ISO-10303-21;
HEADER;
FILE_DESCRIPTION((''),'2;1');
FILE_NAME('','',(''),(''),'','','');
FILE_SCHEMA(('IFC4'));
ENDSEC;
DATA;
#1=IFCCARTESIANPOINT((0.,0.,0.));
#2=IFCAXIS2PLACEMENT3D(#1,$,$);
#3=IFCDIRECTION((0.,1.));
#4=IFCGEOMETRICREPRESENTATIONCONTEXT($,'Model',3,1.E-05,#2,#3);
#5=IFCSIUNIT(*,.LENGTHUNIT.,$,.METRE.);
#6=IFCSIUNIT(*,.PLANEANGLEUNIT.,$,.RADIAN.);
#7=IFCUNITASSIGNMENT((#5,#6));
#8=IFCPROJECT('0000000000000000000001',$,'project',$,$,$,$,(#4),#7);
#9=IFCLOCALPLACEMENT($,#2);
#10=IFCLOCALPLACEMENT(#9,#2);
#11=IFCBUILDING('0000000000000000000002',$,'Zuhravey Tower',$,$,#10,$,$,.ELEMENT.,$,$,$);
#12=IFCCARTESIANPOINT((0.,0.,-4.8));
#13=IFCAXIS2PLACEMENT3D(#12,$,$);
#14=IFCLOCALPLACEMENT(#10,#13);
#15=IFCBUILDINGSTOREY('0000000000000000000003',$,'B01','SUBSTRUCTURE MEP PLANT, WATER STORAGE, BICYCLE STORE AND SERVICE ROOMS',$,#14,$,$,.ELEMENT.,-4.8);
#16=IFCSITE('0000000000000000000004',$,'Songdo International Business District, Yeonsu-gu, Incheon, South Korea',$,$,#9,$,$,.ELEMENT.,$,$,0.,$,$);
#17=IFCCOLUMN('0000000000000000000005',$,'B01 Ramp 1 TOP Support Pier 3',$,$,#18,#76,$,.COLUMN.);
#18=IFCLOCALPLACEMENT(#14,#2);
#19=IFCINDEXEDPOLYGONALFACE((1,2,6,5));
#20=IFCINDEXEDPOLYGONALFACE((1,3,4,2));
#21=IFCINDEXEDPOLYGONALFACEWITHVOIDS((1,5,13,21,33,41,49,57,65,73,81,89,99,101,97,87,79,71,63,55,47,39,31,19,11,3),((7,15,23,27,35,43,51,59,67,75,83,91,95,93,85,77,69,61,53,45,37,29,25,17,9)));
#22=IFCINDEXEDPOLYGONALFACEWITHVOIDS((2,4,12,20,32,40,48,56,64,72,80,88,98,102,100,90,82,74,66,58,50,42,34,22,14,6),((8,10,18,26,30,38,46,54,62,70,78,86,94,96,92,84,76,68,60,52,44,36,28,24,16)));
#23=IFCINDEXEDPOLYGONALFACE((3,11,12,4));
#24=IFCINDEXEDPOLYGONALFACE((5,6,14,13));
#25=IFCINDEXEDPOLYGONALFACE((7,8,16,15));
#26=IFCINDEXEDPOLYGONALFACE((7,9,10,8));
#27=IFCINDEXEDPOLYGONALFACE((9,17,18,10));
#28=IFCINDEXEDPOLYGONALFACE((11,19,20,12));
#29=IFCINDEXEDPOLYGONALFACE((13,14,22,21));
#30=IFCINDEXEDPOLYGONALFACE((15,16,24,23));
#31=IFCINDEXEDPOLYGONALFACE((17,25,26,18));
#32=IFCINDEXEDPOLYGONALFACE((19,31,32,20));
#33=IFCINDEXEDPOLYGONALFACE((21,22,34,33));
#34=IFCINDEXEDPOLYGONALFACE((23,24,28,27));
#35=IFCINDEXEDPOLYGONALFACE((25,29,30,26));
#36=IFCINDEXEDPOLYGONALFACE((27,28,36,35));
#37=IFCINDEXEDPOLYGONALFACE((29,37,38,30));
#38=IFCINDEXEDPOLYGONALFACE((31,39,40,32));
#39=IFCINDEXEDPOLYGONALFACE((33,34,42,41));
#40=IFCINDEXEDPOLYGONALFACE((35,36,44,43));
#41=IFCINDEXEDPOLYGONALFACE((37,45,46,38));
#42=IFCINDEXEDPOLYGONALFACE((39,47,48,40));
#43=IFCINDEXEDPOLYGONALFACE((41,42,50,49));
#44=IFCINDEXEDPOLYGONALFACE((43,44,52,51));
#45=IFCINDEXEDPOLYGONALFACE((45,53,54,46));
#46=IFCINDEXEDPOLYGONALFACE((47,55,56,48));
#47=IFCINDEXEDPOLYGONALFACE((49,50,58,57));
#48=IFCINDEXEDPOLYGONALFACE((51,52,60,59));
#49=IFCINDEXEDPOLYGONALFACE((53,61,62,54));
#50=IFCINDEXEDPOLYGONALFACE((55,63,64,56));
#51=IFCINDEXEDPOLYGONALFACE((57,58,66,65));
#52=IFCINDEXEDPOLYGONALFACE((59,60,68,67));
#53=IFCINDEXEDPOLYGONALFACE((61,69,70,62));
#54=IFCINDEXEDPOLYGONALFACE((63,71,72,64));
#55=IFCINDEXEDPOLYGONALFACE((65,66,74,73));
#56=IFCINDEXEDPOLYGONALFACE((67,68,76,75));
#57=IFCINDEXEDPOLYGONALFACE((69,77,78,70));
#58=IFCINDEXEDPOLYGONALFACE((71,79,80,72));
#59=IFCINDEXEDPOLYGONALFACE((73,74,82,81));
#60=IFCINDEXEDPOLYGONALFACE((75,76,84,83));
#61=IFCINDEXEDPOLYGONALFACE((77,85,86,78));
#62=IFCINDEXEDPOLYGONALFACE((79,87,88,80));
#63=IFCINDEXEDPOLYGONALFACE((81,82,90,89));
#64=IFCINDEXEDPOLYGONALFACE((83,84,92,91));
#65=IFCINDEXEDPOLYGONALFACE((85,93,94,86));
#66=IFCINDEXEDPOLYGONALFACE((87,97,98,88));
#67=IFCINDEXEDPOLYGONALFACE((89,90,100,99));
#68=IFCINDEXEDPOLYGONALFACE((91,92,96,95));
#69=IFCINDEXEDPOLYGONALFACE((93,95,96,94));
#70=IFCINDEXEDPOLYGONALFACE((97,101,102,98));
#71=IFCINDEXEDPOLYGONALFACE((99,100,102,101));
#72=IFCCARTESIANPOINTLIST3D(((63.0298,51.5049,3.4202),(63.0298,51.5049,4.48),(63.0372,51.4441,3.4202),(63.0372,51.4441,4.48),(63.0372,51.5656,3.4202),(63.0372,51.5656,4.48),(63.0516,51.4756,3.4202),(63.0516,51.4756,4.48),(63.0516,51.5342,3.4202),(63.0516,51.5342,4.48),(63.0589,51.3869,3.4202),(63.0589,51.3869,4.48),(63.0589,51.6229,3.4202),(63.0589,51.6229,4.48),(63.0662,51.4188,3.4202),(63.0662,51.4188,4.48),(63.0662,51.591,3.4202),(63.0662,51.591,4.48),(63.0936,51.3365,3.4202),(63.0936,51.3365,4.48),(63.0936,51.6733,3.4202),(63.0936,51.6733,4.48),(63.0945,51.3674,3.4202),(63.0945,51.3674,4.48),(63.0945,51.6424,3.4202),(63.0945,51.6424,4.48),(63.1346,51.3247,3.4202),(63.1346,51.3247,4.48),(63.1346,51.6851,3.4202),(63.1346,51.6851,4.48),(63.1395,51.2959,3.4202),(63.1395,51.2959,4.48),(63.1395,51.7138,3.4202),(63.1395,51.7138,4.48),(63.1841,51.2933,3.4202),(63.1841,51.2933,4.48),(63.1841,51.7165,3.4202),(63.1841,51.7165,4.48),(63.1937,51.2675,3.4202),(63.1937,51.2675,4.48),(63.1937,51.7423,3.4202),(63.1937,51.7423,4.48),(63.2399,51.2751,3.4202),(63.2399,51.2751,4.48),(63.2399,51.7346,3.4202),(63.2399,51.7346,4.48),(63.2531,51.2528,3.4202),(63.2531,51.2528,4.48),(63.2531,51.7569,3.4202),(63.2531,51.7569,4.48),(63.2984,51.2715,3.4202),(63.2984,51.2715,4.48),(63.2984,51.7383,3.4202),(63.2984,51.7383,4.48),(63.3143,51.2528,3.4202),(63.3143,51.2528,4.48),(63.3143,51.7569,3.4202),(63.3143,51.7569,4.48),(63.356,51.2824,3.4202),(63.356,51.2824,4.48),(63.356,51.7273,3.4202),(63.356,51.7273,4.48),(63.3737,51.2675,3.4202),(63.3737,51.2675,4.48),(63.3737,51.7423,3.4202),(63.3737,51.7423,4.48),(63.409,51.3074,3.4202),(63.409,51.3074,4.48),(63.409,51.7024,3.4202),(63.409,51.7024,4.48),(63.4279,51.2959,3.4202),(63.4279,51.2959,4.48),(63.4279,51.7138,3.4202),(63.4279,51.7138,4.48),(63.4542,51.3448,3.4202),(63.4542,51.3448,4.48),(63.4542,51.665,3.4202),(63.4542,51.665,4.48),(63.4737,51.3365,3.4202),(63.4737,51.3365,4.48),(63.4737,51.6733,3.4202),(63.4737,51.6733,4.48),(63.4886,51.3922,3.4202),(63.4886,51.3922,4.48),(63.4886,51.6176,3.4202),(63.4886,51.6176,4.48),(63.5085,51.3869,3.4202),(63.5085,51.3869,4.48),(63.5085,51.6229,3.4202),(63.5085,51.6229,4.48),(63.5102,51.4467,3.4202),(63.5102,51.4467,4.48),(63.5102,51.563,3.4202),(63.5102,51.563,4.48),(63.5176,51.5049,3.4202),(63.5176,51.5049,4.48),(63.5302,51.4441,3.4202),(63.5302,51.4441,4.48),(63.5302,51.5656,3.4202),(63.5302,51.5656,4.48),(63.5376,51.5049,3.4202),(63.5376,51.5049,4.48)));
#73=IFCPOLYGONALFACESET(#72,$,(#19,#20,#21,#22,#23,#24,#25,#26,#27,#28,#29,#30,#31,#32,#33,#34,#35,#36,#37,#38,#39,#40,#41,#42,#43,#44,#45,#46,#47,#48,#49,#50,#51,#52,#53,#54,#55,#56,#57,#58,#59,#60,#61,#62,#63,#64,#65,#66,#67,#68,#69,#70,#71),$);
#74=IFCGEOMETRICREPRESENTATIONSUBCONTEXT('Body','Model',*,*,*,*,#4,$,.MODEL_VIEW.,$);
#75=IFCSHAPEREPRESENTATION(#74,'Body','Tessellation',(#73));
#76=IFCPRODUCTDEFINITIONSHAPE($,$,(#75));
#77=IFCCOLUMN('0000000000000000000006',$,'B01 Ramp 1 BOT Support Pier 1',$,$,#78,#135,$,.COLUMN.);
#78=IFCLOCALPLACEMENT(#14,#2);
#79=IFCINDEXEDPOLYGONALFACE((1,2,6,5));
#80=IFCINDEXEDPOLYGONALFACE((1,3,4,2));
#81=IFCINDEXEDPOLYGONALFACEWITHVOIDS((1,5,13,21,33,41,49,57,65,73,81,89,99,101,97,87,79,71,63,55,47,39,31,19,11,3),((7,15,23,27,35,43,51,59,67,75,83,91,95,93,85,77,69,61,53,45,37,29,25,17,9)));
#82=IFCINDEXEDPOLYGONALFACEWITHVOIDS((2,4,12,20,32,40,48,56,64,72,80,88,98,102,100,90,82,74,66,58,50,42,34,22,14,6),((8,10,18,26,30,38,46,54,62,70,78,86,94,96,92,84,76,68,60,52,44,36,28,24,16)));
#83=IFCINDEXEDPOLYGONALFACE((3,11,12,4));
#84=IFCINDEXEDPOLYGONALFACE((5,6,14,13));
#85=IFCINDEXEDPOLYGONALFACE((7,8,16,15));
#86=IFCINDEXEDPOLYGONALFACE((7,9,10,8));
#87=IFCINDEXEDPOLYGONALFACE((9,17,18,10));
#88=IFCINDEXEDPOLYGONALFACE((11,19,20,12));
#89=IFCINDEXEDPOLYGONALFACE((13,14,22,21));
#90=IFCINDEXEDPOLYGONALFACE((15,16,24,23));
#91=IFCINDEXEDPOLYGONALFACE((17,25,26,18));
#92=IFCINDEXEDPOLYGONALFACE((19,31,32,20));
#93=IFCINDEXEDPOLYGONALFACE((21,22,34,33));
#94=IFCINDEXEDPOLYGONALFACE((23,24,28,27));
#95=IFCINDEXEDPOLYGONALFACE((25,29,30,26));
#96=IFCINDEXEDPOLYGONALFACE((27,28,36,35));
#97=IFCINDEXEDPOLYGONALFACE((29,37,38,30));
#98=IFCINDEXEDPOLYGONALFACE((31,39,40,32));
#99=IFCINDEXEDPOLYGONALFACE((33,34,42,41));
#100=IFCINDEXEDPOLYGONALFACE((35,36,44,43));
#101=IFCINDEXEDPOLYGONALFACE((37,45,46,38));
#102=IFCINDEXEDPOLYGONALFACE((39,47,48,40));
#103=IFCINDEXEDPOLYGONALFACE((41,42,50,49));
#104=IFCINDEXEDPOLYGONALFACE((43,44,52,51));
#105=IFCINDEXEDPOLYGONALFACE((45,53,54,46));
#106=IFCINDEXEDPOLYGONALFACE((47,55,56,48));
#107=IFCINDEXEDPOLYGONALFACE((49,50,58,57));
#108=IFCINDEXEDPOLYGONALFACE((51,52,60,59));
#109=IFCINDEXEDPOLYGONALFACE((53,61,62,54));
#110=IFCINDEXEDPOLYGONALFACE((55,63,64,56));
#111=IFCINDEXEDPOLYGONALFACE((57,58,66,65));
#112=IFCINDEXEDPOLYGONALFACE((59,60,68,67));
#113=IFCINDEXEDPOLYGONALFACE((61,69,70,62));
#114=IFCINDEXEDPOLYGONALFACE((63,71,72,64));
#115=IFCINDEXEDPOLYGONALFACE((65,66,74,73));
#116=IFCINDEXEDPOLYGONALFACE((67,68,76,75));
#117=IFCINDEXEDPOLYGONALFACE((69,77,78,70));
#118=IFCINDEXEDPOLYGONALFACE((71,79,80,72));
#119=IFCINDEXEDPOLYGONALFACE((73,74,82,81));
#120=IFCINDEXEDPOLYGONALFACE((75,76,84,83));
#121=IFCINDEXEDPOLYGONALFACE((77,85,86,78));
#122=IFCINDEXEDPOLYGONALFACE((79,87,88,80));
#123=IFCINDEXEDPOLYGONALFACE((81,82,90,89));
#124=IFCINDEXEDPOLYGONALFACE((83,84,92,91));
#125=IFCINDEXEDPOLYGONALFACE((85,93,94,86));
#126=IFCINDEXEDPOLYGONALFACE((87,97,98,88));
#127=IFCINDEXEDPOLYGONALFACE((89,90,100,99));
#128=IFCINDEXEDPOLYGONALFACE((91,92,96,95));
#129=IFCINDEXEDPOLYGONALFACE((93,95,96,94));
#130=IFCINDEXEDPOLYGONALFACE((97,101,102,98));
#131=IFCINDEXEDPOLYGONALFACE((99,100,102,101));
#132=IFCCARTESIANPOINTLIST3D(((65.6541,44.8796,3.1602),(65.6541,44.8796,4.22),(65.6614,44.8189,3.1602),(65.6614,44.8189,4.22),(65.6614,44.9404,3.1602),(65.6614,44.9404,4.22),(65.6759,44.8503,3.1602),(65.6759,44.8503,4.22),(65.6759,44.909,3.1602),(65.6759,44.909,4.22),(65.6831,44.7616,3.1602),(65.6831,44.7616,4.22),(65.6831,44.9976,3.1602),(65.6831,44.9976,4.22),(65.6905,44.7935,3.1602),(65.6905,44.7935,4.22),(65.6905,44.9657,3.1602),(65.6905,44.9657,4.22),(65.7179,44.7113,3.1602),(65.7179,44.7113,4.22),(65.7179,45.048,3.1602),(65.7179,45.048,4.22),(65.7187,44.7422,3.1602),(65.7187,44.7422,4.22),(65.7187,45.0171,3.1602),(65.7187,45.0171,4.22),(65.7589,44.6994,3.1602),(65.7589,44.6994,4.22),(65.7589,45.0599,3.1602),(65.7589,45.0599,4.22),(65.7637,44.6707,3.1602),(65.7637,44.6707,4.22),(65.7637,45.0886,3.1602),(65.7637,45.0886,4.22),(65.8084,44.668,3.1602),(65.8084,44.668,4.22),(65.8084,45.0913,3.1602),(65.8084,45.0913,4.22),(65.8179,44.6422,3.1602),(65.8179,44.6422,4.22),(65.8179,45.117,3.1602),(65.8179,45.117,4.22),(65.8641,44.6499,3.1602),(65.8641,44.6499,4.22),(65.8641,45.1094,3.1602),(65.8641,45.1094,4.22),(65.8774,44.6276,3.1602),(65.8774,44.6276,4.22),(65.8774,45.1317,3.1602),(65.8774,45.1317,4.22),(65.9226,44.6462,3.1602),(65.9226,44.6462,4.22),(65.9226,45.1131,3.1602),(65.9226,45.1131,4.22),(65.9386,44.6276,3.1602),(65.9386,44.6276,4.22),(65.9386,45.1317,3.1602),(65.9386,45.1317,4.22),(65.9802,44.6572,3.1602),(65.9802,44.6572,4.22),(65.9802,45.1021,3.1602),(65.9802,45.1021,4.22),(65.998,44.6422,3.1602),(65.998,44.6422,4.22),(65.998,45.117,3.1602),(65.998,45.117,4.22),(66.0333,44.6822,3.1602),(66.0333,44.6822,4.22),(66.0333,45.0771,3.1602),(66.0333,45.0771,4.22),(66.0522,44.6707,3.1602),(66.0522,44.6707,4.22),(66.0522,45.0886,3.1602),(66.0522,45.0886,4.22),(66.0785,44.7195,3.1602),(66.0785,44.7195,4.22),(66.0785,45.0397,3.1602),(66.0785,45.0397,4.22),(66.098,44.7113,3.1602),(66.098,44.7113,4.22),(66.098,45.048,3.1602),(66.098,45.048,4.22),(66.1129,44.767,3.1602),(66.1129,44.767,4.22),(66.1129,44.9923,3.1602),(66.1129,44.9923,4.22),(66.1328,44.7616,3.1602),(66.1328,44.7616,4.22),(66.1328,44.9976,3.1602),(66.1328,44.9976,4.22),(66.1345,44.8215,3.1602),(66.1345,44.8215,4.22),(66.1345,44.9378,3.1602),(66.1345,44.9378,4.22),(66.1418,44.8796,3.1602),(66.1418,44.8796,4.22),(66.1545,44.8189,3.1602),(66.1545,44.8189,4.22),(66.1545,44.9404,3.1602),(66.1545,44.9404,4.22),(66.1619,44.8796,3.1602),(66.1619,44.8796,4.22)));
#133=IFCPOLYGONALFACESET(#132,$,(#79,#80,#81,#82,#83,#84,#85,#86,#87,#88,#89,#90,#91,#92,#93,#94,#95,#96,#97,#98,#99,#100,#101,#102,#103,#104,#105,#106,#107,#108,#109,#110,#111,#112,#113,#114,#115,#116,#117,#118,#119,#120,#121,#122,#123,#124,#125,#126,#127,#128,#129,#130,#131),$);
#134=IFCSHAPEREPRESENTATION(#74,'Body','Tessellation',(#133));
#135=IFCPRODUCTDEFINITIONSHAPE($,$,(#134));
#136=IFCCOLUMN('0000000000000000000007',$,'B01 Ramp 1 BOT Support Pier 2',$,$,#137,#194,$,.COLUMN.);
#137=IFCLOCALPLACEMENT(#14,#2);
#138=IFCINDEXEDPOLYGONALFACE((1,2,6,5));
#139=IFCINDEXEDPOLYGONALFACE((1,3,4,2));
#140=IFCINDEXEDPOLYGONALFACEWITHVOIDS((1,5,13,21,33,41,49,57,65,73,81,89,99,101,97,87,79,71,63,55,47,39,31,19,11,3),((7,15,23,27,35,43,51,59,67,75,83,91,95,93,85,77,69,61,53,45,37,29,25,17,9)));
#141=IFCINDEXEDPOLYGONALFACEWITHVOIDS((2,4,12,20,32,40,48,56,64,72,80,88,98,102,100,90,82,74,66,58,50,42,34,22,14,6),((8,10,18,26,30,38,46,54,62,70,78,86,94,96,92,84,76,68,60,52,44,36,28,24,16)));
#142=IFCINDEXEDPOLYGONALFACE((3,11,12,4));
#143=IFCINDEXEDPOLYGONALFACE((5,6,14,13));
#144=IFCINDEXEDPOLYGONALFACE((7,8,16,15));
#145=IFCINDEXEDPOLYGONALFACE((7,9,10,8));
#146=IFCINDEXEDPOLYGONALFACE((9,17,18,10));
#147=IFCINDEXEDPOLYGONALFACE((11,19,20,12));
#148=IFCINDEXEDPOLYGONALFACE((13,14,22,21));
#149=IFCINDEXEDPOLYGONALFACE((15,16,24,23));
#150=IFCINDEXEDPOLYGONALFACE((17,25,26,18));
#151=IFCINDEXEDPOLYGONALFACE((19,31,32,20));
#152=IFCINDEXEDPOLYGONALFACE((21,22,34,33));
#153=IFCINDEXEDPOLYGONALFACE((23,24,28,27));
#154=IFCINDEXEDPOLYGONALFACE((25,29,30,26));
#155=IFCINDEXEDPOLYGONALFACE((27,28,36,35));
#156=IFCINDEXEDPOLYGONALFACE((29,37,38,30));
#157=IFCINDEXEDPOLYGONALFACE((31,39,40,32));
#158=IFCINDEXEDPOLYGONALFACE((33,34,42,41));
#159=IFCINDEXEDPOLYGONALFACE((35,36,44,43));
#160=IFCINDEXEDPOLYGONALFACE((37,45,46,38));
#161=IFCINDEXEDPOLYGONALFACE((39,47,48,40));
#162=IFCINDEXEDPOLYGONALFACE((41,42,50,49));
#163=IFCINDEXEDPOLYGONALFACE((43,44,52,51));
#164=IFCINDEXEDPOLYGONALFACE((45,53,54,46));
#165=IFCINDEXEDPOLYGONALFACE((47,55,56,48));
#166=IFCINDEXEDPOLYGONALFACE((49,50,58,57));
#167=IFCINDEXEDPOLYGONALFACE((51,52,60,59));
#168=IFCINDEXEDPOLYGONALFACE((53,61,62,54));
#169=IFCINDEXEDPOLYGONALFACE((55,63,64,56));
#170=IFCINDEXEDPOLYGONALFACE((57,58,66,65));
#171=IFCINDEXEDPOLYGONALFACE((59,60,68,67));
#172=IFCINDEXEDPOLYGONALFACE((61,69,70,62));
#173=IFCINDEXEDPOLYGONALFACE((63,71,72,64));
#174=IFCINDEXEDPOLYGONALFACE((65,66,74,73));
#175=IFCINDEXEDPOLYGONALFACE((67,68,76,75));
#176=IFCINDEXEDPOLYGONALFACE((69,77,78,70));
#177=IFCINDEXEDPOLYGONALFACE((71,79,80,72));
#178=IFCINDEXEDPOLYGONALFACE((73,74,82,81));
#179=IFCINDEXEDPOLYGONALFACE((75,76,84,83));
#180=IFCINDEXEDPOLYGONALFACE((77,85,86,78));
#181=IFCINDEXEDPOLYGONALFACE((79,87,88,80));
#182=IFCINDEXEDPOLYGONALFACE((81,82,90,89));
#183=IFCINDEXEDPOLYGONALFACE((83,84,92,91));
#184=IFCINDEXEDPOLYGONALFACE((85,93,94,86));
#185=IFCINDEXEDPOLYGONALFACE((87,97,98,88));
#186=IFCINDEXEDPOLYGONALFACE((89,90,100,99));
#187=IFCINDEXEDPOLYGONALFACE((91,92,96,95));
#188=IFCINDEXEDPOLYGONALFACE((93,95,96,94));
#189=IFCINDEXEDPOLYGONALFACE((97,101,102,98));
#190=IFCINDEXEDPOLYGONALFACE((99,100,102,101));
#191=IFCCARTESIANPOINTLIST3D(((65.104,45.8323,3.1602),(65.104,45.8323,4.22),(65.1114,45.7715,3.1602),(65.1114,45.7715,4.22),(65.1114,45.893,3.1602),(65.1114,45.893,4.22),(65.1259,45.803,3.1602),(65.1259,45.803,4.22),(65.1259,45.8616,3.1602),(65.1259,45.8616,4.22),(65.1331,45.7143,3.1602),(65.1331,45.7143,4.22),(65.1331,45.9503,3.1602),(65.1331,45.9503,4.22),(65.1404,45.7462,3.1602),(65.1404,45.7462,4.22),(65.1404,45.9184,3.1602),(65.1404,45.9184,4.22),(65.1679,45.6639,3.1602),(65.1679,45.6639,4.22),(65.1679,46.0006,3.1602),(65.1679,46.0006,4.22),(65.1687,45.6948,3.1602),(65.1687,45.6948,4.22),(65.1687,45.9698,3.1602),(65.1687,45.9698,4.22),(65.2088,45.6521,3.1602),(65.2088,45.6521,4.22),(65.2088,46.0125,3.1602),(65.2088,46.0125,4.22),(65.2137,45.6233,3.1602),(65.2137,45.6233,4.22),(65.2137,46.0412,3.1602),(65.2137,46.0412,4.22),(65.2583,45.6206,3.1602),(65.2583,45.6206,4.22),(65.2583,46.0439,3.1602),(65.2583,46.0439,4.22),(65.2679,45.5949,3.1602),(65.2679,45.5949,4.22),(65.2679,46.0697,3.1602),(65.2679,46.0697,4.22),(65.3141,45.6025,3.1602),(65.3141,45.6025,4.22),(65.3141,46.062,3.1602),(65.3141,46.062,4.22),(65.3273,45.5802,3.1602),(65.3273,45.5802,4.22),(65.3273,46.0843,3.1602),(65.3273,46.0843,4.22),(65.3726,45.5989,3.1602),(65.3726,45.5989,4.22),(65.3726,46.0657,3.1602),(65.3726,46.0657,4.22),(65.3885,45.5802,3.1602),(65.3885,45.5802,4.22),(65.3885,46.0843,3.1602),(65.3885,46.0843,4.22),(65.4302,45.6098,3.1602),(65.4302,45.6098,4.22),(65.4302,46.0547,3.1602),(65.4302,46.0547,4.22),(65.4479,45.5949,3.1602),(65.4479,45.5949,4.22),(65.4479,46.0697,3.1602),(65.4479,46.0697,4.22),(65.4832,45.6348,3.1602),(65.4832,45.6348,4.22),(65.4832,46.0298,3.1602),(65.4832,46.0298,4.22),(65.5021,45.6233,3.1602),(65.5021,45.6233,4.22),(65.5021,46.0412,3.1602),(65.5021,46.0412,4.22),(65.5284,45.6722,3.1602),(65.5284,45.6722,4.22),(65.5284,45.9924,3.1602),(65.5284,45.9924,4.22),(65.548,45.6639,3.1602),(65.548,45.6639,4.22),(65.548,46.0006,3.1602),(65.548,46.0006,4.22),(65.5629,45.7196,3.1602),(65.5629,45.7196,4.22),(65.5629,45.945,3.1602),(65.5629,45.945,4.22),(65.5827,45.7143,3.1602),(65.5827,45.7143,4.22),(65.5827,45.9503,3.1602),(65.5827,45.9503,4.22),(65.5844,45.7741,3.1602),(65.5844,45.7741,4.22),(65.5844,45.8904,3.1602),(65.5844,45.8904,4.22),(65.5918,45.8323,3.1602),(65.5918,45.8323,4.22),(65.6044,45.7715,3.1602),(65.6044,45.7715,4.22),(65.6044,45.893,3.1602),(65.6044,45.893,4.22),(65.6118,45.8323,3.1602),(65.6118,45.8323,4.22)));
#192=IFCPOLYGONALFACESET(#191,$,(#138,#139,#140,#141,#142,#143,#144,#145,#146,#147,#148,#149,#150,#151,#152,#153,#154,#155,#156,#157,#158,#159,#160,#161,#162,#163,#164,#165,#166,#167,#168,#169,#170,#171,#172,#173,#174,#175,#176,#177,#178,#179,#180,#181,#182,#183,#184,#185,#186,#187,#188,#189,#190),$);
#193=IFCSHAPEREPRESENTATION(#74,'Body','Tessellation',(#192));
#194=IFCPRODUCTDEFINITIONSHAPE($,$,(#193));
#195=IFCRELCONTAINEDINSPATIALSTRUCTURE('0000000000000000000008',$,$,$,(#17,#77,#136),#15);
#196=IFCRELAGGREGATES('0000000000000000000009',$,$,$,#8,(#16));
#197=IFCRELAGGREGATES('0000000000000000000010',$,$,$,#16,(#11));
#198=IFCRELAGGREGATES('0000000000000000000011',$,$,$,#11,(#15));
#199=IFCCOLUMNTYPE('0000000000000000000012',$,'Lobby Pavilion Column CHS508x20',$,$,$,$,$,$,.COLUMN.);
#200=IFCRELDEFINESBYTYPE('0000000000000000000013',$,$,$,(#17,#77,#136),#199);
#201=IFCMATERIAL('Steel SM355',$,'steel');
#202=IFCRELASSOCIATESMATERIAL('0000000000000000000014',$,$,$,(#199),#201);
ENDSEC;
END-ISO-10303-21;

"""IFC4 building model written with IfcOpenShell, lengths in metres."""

from ifc_helpers import new_model, si_unit, direction, frame, origin, origin_2d, place, context, subcontext, project, spatial, hollow_circle, extrude, material, material_profile, profile_set, type_object, element, save


model = new_model("IFC4")

# Units and contexts
model_context = context("Model", 3, precision=1e-05, world=origin(), true_north=direction((0.0, 1.0)))
body_context = subcontext(model_context, "Body", "Model", "MODEL_VIEW")
ifc_project = project(units=[si_unit("LENGTHUNIT", "METRE"), si_unit("PLANEANGLEUNIT", "RADIAN")], contexts=[model_context])

# Site, building, storey
site_placement = place(None, origin())
site = spatial("IfcSite", under=ifc_project, at=site_placement, Name="Songdo International Business District, Yeonsu-gu, Incheon, South Korea", CompositionType="ELEMENT", RefElevation=0.0)
building_placement = place(site_placement, origin())
building = spatial("IfcBuilding", under=site, at=building_placement, Name="Zuhravey Tower", CompositionType="ELEMENT")
storey_placement = place(building_placement, frame((0.0, 0.0, -4.8)))
storey = spatial("IfcBuildingStorey", under=building, at=storey_placement, Name="B01", Description="SUBSTRUCTURE MEP PLANT, WATER STORAGE, BICYCLE STORE AND SERVICE ROOMS", CompositionType="ELEMENT", Elevation=-4.8)

# Columns
ifc_material_1 = material(Name="Steel SM355", Category="steel")
ifc_material_profile_1 = material_profile(ifc_material_1, hollow_circle(Radius=0.2539, WallThickness=0.02, at=origin_2d()), Name="CHS-508x20")
ifc_profile_set_1 = profile_set([ifc_material_profile_1], Name="Steel SM355")
column_type_1 = type_object("IfcColumnType", Name="Lobby Pavilion Column CHS508x20", PredefinedType="COLUMN", material=ifc_profile_set_1)
for number, where, z_axis, x_axis, name in (
    (1, (63.2837, 51.5049, 3.4202), (0.0, 0.0, 1.0), (1.0, 0.0, 0.0), "B01 Ramp 1 TOP Support Pier 3"),
    (2, (65.908, 44.8796, 3.1602), (0.0, 0.0, 1.0), (1.0, 0.0, 0.0), "B01 Ramp 1 BOT Support Pier 1"),
    (3, (65.3579, 45.8323, 3.1602), (0.0, 0.0, 1.0), (1.0, 0.0, 0.0), "B01 Ramp 1 BOT Support Pier 2"),
):
    element("IfcColumn", number, at=place(storey_placement, frame(where, z_axis=z_axis, x_axis=x_axis)), inside=storey, type_object=column_type_1, Name=name, PredefinedType="COLUMN", context=body_context, shape_type="SweptSolid", body=[
        extrude(hollow_circle(Radius=0.2539, WallThickness=0.02, at=origin_2d()), origin(), (0.0, 0.0, 1.0), 1.0598),
    ])

save(model, "model.ifc")
